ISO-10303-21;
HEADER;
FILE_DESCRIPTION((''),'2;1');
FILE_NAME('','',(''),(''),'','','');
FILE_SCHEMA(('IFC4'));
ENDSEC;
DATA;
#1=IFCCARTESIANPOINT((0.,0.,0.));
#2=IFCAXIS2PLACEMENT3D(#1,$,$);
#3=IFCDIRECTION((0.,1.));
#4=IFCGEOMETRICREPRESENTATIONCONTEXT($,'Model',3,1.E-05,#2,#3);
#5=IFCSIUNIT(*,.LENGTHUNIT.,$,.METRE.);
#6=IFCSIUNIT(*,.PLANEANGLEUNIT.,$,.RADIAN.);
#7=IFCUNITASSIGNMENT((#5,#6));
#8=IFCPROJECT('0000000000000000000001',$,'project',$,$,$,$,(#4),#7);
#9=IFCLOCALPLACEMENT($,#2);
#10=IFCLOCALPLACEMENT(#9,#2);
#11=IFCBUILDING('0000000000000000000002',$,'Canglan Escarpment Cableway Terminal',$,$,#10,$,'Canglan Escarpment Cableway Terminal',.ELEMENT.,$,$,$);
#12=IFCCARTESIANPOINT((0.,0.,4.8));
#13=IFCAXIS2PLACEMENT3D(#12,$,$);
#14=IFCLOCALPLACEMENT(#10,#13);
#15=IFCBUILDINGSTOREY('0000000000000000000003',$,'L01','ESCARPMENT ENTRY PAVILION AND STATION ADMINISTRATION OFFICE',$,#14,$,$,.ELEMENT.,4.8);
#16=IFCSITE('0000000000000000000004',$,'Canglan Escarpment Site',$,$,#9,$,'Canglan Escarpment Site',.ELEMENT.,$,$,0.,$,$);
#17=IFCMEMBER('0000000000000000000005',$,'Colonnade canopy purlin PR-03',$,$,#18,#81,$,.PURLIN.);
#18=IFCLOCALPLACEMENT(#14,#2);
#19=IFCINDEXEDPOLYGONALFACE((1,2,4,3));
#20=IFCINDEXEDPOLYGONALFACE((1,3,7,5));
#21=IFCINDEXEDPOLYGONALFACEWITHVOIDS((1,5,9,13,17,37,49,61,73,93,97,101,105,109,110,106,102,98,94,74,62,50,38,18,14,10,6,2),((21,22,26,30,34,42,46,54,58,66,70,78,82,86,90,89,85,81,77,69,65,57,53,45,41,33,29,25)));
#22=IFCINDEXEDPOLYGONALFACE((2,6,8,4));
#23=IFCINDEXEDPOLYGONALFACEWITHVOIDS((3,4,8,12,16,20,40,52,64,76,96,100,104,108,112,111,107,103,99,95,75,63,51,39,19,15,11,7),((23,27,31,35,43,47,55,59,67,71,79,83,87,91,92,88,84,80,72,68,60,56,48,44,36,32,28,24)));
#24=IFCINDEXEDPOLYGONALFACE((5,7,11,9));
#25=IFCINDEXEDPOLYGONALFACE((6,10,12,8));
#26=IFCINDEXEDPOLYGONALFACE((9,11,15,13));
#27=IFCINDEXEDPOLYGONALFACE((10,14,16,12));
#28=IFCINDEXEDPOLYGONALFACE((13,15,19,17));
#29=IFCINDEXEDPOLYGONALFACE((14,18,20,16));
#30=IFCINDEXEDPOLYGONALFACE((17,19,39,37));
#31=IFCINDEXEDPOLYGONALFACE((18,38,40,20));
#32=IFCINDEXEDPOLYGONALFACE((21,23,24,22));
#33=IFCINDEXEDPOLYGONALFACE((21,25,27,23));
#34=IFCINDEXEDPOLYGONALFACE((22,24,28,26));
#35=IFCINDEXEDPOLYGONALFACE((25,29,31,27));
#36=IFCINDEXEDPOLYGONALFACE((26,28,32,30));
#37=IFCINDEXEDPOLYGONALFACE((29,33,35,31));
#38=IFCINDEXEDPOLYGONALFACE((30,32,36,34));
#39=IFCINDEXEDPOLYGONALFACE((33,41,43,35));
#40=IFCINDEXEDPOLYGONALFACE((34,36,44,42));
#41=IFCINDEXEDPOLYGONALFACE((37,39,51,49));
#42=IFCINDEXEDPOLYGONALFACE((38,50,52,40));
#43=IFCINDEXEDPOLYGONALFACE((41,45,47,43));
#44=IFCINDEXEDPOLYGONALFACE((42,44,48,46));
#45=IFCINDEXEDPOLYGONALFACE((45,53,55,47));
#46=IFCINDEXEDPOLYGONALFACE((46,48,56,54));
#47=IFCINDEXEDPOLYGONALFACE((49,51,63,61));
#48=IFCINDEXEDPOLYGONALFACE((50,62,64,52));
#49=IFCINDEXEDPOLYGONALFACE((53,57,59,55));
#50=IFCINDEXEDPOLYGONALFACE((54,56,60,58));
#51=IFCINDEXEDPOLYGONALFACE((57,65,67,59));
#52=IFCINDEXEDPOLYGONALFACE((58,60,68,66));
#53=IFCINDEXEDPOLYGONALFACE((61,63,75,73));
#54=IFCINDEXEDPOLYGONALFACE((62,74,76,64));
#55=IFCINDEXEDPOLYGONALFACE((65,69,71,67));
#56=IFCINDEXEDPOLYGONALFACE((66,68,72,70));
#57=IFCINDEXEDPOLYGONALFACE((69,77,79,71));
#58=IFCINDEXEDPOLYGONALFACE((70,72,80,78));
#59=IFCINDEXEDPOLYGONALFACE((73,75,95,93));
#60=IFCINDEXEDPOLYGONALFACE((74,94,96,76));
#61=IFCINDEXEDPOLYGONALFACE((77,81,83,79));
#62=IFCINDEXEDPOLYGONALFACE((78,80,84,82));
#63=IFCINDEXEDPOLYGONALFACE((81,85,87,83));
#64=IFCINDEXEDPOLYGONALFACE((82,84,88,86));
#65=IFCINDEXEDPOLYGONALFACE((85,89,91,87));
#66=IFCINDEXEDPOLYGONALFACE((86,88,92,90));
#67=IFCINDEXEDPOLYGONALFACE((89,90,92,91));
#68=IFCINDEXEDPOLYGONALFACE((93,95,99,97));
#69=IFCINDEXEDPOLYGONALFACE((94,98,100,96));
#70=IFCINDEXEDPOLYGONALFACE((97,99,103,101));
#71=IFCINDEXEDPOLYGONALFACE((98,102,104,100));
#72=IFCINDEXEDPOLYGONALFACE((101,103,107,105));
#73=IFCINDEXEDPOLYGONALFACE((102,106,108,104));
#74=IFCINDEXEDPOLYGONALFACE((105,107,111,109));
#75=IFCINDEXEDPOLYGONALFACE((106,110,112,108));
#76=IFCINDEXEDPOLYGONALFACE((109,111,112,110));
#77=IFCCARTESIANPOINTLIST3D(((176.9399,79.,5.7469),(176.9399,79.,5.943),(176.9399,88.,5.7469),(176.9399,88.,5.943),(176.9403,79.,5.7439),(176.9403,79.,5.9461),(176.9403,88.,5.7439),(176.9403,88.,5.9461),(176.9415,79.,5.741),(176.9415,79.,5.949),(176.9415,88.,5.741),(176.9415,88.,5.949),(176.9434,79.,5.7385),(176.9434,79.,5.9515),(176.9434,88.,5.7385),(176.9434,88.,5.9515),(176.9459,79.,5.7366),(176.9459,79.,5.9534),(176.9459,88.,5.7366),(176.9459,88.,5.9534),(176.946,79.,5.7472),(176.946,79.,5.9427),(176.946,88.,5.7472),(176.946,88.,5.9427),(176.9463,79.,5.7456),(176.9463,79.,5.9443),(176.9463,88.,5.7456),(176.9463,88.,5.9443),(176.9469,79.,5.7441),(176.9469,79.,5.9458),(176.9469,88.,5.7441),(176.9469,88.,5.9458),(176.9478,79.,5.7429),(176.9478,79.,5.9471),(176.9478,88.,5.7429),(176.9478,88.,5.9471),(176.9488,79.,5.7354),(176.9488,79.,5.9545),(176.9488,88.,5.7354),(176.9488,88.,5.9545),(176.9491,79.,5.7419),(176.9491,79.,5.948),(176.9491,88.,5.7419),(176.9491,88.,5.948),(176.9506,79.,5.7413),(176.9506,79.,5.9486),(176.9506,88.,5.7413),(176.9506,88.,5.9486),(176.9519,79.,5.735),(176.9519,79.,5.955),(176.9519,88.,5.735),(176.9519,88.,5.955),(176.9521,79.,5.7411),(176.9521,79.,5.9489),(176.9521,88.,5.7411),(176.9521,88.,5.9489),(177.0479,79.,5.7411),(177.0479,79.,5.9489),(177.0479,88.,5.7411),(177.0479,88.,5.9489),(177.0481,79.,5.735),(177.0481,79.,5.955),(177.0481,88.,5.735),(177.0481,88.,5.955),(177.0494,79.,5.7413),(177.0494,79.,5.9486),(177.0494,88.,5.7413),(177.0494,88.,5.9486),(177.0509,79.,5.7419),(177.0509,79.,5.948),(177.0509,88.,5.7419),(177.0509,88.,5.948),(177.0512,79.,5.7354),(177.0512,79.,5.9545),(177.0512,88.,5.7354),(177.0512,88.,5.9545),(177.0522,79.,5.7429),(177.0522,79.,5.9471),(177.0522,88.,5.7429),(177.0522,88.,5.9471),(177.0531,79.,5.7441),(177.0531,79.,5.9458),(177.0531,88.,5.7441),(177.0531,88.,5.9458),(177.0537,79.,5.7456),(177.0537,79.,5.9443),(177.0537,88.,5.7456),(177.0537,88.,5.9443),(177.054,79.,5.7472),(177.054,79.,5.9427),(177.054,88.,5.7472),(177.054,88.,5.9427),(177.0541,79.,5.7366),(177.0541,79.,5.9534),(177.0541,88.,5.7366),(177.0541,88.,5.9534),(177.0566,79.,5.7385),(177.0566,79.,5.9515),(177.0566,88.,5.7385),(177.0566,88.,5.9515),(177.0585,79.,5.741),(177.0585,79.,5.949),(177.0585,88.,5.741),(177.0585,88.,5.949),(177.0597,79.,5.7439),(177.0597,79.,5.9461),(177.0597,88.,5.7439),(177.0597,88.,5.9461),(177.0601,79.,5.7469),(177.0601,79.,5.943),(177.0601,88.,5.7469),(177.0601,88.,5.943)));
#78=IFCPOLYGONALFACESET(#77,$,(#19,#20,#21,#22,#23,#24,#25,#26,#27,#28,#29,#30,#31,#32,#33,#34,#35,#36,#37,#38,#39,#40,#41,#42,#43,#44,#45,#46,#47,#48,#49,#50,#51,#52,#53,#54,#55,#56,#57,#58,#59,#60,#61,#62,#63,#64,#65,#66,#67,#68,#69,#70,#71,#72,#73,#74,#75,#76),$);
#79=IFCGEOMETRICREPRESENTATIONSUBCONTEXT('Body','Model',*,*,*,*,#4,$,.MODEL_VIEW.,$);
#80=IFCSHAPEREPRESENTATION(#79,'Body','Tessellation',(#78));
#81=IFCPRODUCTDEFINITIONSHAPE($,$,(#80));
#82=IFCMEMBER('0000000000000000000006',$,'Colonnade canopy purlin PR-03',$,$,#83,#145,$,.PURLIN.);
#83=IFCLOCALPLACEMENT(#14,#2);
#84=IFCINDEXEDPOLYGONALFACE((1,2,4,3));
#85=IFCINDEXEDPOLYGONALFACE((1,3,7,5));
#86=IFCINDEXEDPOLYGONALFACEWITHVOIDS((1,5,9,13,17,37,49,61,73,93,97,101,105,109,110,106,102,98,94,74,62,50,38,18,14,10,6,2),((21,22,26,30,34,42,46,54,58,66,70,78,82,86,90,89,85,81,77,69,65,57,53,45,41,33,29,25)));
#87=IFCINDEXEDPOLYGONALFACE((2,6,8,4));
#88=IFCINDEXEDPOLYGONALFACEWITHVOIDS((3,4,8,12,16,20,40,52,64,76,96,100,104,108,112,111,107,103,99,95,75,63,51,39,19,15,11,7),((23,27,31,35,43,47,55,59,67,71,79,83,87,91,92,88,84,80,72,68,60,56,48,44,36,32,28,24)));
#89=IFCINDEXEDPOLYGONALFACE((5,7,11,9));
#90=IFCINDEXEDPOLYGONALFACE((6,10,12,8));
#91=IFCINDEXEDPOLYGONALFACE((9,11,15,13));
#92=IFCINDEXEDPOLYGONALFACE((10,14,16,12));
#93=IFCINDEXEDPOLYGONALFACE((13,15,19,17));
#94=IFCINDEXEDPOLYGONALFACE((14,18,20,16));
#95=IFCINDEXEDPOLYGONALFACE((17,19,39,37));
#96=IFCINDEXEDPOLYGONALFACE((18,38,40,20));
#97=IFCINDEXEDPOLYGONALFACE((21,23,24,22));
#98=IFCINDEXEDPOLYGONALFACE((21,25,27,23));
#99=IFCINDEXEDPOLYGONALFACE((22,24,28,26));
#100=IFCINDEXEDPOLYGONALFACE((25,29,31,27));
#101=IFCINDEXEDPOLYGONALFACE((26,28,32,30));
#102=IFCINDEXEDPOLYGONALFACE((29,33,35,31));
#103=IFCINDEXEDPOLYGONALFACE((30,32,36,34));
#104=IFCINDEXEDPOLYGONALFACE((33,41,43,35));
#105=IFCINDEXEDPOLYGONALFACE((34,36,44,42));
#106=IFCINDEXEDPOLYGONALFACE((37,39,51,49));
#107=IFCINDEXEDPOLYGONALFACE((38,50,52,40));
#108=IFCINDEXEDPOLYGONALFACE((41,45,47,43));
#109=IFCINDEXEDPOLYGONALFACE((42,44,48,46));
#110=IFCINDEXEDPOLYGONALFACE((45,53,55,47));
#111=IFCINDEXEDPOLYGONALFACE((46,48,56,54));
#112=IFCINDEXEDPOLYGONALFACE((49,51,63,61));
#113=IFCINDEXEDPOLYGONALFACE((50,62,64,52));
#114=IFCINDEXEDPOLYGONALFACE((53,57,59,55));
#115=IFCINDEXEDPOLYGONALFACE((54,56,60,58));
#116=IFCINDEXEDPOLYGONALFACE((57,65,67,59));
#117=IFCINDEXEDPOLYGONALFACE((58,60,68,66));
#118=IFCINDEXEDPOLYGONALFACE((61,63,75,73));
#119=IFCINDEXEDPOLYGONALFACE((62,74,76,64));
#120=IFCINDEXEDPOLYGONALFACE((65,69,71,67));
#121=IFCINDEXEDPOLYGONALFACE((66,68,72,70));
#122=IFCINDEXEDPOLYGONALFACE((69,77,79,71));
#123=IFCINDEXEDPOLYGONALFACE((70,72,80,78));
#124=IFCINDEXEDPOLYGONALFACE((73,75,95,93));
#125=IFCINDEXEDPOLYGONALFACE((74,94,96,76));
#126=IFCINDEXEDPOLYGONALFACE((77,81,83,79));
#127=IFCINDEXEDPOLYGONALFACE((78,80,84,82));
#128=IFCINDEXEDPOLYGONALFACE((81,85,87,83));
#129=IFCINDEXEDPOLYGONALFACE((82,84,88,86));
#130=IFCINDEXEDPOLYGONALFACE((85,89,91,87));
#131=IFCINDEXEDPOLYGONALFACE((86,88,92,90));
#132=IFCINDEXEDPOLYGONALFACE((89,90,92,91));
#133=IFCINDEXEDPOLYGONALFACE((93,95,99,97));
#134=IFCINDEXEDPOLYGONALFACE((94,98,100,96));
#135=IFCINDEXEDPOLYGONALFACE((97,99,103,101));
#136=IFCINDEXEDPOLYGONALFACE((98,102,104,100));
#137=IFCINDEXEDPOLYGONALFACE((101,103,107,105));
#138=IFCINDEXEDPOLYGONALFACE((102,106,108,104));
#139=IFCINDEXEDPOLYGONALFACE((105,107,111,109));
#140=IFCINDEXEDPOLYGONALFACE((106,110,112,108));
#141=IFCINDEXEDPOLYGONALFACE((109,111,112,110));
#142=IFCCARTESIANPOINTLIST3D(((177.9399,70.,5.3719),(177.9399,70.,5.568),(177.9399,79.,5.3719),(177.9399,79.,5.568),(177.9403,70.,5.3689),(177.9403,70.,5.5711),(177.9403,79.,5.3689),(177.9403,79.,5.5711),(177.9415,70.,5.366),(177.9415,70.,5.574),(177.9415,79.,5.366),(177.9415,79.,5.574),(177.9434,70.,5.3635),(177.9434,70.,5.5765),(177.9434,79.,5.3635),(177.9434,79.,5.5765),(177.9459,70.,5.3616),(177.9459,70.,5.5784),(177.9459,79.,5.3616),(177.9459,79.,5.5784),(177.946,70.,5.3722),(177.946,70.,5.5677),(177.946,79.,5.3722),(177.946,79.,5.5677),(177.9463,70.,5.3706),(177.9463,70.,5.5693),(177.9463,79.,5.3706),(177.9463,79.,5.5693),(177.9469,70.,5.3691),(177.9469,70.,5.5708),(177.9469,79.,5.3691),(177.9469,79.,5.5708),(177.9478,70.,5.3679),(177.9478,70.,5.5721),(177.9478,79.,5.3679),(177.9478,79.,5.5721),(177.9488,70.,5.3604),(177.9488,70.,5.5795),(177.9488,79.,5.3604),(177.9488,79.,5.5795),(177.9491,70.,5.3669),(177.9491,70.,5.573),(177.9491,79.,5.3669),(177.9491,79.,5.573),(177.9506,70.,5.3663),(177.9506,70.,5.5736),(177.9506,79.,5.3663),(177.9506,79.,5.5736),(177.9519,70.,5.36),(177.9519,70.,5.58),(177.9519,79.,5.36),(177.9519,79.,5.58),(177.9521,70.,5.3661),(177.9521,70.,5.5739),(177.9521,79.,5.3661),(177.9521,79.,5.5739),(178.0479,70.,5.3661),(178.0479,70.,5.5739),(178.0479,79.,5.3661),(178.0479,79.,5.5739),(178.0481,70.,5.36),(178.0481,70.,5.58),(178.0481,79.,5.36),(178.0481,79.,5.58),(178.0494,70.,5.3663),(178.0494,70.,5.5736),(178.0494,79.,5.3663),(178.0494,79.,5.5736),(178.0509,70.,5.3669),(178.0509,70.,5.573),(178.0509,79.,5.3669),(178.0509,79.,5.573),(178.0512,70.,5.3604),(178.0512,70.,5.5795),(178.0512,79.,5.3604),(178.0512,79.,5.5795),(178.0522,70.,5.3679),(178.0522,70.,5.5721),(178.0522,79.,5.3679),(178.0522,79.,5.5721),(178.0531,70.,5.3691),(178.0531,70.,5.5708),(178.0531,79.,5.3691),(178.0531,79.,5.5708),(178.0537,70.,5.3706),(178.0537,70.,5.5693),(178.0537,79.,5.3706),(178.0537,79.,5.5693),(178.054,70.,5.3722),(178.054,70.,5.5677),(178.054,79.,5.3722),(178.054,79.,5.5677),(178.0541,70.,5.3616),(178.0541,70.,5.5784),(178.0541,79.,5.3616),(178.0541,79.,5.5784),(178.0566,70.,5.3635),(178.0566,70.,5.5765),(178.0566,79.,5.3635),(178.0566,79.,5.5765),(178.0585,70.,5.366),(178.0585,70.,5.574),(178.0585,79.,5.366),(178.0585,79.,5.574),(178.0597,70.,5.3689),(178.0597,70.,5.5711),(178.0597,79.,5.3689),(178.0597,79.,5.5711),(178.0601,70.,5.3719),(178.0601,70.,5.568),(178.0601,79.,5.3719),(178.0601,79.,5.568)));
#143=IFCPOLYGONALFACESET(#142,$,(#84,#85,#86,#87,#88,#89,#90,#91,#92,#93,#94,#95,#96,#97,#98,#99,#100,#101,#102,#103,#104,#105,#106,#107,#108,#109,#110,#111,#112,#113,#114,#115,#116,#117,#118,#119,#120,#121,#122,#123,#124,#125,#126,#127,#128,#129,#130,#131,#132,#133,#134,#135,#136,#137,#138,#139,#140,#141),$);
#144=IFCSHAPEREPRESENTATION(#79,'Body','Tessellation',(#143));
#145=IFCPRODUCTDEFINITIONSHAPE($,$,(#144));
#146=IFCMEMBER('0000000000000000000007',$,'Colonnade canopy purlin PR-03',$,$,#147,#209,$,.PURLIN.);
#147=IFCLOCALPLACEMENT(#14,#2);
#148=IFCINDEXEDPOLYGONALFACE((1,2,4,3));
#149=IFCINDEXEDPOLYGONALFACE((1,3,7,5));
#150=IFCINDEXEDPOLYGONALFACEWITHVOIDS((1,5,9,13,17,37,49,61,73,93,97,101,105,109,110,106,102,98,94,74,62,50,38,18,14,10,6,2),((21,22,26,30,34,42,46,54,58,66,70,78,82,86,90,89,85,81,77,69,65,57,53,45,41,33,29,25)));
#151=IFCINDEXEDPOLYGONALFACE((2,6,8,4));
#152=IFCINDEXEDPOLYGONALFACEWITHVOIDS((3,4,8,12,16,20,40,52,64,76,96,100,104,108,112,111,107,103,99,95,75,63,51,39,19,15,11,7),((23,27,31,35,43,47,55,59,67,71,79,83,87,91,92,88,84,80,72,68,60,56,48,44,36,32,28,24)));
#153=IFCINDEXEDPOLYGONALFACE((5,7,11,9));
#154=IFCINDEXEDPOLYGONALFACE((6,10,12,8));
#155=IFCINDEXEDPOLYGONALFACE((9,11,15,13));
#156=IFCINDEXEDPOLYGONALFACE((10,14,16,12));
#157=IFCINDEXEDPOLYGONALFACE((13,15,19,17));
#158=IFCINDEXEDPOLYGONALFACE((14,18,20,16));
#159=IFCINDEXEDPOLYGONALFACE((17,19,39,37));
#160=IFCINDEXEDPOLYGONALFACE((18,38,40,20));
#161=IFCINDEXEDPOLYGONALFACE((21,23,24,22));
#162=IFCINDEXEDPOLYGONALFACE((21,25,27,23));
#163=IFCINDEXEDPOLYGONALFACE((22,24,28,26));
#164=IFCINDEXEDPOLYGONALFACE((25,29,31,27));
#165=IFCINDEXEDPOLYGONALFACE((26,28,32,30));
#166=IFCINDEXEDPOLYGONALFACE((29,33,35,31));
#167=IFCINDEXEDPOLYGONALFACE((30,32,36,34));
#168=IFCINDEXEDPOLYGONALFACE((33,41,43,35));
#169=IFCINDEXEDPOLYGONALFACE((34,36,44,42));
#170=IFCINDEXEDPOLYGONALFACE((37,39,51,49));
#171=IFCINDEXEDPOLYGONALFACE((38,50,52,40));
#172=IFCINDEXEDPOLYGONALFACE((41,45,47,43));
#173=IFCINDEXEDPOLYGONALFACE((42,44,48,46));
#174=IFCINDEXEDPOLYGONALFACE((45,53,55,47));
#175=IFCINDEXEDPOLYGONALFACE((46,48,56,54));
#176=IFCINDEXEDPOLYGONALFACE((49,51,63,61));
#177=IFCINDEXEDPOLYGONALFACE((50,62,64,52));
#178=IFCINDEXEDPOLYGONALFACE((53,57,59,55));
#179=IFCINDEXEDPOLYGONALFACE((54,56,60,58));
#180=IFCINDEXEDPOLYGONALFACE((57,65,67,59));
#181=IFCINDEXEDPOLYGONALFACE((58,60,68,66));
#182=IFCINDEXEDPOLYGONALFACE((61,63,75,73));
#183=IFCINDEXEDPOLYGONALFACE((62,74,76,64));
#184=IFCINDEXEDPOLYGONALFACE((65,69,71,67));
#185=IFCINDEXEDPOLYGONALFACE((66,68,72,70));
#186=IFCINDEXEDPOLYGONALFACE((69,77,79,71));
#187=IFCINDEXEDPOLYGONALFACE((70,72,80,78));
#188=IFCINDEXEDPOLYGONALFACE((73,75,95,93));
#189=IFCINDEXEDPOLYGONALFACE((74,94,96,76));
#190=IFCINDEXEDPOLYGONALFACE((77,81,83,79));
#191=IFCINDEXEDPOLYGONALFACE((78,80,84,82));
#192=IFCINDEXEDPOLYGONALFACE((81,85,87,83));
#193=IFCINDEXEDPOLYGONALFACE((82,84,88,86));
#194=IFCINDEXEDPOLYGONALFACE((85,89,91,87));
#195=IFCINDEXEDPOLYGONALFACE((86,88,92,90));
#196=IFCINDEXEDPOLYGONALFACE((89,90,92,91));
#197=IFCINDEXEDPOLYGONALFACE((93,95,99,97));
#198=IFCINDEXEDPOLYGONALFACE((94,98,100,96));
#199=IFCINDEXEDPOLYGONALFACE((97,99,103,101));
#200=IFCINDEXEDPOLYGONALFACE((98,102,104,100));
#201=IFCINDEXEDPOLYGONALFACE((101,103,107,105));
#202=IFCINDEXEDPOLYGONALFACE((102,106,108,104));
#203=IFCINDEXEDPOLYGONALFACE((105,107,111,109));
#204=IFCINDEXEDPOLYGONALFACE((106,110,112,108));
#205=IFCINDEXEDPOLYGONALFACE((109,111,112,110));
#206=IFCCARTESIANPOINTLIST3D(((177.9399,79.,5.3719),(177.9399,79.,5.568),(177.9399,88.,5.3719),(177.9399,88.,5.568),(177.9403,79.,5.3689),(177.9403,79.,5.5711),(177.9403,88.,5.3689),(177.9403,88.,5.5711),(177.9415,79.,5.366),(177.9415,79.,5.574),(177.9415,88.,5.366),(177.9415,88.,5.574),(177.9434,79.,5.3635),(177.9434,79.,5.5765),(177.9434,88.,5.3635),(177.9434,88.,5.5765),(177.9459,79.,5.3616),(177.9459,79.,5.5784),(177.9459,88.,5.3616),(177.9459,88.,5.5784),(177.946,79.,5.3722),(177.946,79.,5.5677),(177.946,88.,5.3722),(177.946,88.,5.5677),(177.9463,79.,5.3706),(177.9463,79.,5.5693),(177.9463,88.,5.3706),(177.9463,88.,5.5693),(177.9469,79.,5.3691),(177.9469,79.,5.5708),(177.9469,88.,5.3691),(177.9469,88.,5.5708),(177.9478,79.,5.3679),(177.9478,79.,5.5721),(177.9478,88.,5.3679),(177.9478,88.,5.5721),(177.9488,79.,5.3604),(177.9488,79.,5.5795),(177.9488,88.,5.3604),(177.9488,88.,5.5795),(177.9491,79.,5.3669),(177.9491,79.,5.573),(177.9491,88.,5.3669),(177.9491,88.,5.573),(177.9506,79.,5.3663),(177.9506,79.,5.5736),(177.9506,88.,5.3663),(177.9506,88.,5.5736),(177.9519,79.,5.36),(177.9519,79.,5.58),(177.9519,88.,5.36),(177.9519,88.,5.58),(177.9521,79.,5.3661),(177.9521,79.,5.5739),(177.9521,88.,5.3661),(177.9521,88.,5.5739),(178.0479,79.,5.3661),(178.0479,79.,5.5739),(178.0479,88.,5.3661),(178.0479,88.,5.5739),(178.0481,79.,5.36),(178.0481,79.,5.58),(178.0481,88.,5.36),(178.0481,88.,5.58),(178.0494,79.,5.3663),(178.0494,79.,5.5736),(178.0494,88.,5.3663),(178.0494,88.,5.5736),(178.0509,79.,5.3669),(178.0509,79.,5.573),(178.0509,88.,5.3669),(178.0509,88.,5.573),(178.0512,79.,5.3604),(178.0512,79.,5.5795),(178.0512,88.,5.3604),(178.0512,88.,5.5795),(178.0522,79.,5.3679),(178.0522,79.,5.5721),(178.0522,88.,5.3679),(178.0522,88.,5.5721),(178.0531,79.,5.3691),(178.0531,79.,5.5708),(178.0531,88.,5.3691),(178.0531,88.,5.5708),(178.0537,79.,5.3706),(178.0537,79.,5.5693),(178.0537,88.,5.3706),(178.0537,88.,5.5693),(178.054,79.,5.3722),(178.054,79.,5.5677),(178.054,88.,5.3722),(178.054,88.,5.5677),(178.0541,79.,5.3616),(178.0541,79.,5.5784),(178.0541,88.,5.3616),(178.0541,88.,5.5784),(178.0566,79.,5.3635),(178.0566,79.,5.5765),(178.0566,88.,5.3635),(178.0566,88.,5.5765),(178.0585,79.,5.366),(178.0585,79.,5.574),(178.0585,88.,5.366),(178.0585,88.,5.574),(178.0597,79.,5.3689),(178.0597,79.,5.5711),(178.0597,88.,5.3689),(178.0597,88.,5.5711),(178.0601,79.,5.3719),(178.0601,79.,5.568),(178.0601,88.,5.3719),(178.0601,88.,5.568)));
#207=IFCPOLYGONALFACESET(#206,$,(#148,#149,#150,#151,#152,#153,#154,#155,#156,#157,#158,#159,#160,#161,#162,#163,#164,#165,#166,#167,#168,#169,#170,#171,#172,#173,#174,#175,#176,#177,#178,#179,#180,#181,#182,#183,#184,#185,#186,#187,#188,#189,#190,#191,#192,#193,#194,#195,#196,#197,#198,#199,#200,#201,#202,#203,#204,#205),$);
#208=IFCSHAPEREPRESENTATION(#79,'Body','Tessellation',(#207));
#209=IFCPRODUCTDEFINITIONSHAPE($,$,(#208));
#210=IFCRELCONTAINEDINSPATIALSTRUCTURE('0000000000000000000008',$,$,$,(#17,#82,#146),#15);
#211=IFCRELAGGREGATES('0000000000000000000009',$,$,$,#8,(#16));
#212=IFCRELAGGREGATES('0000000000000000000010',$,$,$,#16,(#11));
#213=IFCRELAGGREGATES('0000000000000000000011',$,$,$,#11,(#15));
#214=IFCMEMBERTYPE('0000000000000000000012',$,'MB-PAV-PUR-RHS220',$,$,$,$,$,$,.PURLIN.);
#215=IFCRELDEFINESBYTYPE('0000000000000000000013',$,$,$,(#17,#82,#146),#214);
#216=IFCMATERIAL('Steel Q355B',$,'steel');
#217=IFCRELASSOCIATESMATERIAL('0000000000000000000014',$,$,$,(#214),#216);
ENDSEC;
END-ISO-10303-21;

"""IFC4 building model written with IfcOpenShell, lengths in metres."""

from ifc_helpers import new_model, si_unit, direction, frame, origin, origin_2d, place, context, subcontext, project, spatial, hollow_rectangle, extrude, material, material_profile, profile_set, type_object, element, save


model = new_model("IFC4")

# Units and contexts
model_context = context("Model", 3, precision=1e-05, world=origin(), true_north=direction((0.0, 1.0)))
body_context = subcontext(model_context, "Body", "Model", "MODEL_VIEW")
ifc_project = project(units=[si_unit("LENGTHUNIT", "METRE"), si_unit("PLANEANGLEUNIT", "RADIAN")], contexts=[model_context])

# Site, building, storey
site_placement = place(None, origin())
site = spatial("IfcSite", under=ifc_project, at=site_placement, Name="Canglan Escarpment Site", LongName="Canglan Escarpment Site", CompositionType="ELEMENT", RefElevation=0.0)
building_placement = place(site_placement, origin())
building = spatial("IfcBuilding", under=site, at=building_placement, Name="Canglan Escarpment Cableway Terminal", LongName="Canglan Escarpment Cableway Terminal", CompositionType="ELEMENT")
storey_placement = place(building_placement, frame((0.0, 0.0, 4.8)))
storey = spatial("IfcBuildingStorey", under=building, at=storey_placement, Name="L01", Description="ESCARPMENT ENTRY PAVILION AND STATION ADMINISTRATION OFFICE", CompositionType="ELEMENT", Elevation=4.8)

# Shared definitions
ifc_material_1 = material(Name="Steel Q355B", Category="steel")

# Members
ifc_material_profile_1 = material_profile(ifc_material_1, hollow_rectangle(XDim=0.1201, YDim=0.22, WallThickness=0.0061, InnerFilletRadius=0.0061, OuterFilletRadius=0.012, at=origin_2d()), Name="RHS 220x120x6")
ifc_profile_set_1 = profile_set([ifc_material_profile_1], Name="Steel Q355B")
member_type_1 = type_object("IfcMemberType", Name="MB-PAV-PUR-RHS220", PredefinedType="PURLIN", material=ifc_profile_set_1)
for number, where, z_axis, x_axis, name in (
    (1, (177.0, 79.0, 5.845), (0.0, 1.0, 0.0), (-1.0, 0.0, 0.0), "Colonnade canopy purlin PR-03"),
    (2, (178.0, 70.0, 5.47), (0.0, 1.0, 0.0), (-1.0, 0.0, 0.0), "Colonnade canopy purlin PR-03"),
    (3, (178.0, 79.0, 5.47), (0.0, 1.0, 0.0), (-1.0, 0.0, 0.0), "Colonnade canopy purlin PR-03"),
):
    element("IfcMember", number, at=place(storey_placement, frame(where, z_axis=z_axis, x_axis=x_axis)), inside=storey, type_object=member_type_1, Name=name, PredefinedType="PURLIN", context=body_context, shape_type="SweptSolid", body=[
        extrude(hollow_rectangle(XDim=0.1201, YDim=0.22, WallThickness=0.0061, InnerFilletRadius=0.0061, OuterFilletRadius=0.012, at=origin_2d()), origin(), (0.0, 0.0, 1.0), 9.0),
    ])

save(model, "model.ifc")
